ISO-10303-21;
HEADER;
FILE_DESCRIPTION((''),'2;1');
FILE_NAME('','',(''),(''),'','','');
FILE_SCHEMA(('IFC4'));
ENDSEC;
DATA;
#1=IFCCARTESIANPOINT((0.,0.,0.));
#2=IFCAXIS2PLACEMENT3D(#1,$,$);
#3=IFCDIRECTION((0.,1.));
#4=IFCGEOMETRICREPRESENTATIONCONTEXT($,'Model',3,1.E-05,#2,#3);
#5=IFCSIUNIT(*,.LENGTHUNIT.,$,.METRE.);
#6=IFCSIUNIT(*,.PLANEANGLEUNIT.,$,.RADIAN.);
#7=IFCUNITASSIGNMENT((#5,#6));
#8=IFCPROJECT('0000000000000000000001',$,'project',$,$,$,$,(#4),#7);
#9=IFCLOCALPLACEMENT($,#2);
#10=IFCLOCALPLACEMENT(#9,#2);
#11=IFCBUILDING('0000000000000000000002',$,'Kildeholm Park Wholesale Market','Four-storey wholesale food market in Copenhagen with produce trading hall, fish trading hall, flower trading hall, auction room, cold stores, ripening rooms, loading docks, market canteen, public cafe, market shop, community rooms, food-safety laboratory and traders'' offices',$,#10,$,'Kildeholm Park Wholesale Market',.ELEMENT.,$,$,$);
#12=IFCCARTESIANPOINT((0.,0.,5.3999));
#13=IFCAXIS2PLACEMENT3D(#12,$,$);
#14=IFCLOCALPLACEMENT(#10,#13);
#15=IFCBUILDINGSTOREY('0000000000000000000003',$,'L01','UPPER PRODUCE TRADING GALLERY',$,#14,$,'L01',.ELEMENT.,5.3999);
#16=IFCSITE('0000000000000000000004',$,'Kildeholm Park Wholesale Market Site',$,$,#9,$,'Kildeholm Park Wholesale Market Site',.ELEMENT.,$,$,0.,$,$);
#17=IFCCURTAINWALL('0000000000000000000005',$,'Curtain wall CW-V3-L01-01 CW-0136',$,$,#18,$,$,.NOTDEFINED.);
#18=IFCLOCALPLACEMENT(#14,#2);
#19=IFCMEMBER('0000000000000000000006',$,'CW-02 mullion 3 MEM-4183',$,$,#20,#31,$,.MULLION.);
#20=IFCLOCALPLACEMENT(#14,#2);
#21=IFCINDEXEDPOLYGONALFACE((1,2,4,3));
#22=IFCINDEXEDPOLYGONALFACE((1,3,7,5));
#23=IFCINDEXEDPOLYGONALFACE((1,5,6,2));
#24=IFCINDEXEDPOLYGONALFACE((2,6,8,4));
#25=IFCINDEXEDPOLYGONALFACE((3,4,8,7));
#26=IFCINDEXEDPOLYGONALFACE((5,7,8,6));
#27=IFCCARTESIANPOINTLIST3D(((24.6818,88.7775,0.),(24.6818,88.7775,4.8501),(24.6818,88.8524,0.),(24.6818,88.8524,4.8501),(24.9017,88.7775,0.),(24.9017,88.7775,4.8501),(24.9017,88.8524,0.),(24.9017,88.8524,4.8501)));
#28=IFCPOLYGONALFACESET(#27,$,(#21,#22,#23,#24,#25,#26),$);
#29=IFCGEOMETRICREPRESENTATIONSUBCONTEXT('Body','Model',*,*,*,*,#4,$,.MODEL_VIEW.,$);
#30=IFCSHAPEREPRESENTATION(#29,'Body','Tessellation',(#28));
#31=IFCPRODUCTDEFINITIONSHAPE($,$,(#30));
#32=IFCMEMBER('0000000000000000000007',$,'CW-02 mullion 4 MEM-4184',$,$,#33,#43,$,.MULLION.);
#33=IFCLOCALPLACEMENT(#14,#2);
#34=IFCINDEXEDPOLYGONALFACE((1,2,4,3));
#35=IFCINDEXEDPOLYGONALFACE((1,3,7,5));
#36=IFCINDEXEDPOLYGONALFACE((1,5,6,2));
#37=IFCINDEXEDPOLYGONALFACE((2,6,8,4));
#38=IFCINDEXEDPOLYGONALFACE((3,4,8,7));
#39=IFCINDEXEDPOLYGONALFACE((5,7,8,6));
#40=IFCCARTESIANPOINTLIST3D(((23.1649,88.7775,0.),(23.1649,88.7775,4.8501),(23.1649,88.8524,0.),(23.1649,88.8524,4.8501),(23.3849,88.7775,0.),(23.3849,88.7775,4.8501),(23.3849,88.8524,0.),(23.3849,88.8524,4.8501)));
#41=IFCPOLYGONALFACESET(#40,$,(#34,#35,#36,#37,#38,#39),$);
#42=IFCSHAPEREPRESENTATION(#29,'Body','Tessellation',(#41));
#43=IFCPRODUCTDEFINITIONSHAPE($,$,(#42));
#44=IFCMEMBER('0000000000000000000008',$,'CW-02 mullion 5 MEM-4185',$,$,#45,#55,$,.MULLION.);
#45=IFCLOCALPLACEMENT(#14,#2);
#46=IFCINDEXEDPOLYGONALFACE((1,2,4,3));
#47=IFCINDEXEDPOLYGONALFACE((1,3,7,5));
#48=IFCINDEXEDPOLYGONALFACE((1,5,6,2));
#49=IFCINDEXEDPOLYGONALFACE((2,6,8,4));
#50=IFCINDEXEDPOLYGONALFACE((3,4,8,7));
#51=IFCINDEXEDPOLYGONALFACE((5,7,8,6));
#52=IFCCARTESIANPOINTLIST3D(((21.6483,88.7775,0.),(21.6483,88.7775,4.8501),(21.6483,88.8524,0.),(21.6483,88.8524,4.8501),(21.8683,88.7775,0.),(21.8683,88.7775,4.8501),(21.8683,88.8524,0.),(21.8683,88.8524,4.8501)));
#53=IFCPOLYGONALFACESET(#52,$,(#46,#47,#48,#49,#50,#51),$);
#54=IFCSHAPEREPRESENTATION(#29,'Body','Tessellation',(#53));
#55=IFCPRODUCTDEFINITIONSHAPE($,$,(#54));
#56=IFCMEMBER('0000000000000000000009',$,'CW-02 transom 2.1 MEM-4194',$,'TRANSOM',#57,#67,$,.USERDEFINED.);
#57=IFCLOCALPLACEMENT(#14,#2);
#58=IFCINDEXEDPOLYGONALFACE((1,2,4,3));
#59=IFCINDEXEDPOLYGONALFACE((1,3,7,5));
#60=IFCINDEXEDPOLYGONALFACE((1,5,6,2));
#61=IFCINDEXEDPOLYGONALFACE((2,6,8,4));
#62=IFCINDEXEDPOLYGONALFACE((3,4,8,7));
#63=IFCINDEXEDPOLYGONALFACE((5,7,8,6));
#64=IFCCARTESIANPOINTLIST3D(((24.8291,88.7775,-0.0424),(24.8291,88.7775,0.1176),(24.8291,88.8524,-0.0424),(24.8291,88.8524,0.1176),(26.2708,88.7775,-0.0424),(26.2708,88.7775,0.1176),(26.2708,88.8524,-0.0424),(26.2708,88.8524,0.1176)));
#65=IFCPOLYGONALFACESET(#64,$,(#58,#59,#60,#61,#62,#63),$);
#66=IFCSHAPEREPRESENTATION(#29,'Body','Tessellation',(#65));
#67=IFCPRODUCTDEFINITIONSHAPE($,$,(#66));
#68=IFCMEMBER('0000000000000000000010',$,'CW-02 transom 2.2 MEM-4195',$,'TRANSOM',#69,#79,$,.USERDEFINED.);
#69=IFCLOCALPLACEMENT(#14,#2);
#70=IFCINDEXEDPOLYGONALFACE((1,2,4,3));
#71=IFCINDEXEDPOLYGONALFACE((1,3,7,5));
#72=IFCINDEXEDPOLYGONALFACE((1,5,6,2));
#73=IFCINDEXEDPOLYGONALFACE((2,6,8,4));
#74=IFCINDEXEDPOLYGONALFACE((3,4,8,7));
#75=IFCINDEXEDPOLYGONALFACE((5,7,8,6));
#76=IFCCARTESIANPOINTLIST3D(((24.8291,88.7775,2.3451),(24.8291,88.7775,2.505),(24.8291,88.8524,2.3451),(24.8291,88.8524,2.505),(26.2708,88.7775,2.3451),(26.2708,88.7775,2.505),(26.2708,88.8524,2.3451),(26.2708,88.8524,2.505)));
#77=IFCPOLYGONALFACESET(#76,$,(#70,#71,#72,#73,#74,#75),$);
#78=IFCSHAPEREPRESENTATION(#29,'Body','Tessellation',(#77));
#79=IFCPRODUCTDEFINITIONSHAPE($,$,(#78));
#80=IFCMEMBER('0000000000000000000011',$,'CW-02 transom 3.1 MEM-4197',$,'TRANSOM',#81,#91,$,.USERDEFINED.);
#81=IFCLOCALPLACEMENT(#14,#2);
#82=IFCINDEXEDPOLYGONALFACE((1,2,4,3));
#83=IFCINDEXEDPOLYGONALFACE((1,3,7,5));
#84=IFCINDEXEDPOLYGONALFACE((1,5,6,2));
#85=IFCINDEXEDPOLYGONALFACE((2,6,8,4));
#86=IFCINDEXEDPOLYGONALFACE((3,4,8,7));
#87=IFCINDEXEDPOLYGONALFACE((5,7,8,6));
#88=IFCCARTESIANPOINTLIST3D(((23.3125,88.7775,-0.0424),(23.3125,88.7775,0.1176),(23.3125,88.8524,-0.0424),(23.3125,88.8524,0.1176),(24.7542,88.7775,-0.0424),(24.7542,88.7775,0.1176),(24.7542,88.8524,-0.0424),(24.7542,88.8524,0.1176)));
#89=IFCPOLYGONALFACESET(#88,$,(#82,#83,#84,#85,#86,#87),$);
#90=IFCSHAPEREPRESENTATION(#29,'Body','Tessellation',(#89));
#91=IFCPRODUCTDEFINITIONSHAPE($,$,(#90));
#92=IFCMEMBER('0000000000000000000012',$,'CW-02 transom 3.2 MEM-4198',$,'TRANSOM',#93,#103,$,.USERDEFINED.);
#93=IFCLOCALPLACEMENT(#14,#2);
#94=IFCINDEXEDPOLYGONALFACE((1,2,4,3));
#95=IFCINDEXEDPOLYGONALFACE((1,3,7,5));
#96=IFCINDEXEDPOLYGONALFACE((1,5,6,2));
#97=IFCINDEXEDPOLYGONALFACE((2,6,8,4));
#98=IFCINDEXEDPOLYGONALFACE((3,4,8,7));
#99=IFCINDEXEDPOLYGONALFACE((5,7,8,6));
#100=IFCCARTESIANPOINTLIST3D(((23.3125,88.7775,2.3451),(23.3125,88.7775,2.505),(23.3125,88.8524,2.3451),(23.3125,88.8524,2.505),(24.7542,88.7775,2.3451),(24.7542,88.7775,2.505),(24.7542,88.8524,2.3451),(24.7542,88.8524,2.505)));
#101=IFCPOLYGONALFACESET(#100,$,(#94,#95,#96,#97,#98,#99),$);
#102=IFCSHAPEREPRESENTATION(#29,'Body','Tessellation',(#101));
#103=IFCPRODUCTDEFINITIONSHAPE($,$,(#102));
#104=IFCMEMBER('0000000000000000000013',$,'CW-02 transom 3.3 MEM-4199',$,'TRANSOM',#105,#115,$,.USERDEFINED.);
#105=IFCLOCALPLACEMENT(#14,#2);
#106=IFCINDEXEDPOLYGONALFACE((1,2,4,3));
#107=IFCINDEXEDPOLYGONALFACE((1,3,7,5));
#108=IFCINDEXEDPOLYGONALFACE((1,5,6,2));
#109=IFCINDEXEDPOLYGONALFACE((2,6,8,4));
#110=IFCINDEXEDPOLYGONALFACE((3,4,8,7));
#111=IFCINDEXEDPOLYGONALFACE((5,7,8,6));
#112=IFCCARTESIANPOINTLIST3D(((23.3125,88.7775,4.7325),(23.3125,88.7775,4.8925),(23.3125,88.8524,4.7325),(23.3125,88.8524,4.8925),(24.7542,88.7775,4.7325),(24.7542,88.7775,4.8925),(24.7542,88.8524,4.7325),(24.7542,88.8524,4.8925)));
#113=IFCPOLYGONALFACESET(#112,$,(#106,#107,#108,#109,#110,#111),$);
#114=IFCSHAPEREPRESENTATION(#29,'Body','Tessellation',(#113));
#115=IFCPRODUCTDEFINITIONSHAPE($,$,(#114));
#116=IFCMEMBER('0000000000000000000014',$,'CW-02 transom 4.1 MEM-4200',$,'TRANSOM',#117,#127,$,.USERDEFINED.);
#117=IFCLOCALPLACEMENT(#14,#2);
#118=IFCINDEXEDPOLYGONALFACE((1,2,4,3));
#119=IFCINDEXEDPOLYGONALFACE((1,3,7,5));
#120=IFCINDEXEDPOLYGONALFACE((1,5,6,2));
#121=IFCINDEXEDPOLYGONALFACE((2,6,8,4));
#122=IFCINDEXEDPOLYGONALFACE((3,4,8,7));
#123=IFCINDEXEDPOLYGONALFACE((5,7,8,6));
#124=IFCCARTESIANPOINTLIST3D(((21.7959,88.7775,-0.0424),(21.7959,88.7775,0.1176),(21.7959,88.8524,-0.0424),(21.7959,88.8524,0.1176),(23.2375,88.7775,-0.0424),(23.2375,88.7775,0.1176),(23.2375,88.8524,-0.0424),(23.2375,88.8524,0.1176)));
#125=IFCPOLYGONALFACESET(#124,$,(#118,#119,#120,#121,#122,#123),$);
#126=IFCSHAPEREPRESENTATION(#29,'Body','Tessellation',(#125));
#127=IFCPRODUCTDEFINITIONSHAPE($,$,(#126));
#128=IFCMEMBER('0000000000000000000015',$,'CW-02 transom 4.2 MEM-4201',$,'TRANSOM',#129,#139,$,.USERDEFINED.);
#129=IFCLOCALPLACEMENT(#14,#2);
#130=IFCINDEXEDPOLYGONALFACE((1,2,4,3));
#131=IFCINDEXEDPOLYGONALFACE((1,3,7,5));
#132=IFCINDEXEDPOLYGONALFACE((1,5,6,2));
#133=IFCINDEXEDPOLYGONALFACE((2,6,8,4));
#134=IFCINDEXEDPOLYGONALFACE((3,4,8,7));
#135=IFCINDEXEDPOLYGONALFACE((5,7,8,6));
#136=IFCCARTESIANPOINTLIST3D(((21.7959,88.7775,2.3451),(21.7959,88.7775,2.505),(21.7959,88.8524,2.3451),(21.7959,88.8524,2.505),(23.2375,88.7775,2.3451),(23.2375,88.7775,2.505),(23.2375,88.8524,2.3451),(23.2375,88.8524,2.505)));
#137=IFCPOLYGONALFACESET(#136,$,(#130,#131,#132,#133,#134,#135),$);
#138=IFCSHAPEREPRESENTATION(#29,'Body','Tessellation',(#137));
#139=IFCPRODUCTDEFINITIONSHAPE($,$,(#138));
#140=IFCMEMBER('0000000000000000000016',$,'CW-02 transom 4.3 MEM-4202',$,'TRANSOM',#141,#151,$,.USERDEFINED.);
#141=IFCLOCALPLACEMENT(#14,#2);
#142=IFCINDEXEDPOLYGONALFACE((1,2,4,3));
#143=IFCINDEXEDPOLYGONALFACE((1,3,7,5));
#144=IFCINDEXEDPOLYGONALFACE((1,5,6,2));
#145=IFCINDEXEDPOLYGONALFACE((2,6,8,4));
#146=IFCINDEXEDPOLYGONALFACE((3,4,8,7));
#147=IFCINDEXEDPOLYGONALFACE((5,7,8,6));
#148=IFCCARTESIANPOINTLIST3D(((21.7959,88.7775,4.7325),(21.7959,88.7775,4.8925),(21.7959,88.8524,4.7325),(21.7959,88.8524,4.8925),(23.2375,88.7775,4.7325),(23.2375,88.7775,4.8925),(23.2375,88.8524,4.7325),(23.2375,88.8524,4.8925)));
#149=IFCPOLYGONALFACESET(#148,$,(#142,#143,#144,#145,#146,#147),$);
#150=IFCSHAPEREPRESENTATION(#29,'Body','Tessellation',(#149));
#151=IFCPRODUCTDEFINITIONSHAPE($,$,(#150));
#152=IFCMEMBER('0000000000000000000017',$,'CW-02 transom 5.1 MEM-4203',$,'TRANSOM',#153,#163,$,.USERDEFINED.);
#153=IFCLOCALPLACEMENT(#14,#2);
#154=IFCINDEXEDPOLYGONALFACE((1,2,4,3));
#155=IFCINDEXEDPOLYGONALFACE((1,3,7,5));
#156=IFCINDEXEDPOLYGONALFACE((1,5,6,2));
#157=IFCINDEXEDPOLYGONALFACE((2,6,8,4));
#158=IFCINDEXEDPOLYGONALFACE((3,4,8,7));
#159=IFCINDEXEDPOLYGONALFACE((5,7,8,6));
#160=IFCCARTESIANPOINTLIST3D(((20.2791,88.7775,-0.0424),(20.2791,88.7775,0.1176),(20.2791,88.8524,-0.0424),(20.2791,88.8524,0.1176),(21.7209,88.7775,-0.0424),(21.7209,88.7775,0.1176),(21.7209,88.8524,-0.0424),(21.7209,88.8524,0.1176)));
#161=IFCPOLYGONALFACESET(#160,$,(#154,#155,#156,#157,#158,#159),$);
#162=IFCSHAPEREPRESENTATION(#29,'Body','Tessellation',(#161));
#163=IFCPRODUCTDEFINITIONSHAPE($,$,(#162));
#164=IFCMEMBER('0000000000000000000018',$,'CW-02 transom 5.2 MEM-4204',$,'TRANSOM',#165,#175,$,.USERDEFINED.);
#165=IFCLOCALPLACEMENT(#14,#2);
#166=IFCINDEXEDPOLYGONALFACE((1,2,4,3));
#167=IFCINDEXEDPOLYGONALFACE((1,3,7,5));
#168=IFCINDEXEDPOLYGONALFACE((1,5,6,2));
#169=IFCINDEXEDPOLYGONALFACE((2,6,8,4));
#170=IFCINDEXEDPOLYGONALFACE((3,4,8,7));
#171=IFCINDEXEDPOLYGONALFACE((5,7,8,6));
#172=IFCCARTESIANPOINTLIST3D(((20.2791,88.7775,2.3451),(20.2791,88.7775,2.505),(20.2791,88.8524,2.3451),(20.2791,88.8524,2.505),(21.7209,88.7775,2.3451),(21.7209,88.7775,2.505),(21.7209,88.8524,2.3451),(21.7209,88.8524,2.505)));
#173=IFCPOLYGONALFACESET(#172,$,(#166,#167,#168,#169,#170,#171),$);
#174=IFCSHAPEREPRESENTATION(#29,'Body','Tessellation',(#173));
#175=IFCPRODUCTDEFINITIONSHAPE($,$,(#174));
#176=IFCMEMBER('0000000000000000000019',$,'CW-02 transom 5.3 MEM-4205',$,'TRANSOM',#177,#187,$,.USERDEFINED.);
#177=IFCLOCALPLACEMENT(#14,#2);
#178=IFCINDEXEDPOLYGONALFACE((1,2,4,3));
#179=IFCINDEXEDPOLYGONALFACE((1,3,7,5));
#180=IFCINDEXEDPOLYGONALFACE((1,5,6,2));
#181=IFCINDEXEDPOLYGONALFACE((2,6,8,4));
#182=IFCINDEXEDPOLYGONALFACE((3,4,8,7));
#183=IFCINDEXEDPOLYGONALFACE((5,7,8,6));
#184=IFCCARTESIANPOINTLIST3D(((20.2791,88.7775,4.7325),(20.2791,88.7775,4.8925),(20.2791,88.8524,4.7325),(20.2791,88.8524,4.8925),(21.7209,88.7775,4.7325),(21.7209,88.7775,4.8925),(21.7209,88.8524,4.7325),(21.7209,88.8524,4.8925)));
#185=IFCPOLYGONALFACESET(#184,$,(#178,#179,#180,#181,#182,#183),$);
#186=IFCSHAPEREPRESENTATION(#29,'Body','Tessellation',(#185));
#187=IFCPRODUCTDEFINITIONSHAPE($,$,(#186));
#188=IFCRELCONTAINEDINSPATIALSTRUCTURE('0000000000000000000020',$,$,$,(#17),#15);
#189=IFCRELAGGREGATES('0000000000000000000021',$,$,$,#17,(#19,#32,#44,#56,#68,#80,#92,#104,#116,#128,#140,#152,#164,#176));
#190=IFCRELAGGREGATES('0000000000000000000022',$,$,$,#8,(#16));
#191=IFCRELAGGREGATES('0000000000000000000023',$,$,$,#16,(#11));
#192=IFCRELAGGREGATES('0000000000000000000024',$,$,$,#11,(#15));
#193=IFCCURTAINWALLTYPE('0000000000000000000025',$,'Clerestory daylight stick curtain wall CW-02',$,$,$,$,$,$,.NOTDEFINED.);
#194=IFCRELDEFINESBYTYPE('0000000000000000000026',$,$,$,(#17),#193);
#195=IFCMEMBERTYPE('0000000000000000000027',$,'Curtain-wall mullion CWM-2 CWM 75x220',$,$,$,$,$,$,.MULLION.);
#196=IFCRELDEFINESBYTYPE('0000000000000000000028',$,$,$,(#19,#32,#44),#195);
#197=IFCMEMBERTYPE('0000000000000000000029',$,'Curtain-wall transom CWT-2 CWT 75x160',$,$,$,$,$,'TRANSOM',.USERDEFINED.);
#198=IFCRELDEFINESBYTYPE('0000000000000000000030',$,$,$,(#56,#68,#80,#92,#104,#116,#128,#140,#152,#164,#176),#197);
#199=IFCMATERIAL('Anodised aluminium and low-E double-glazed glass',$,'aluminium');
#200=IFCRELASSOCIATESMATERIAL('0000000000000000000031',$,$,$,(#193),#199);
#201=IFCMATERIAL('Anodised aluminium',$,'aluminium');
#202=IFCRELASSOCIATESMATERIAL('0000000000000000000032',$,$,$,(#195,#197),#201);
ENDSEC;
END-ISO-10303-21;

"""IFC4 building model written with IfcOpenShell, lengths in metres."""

from ifc_helpers import new_model, si_unit, direction, frame, origin, origin_2d, place, context, subcontext, project, spatial, rectangle, extrude, material, material_profile, profile_set, type_object, element, aggregate, save


model = new_model("IFC4")

# Units and contexts
model_context = context("Model", 3, precision=1e-05, world=origin(), true_north=direction((0.0, 1.0)))
body_context = subcontext(model_context, "Body", "Model", "MODEL_VIEW")
ifc_project = project(units=[si_unit("LENGTHUNIT", "METRE"), si_unit("PLANEANGLEUNIT", "RADIAN")], contexts=[model_context])

# Site, building, storey
site_placement = place(None, origin())
site = spatial("IfcSite", under=ifc_project, at=site_placement, Name="Kildeholm Park Wholesale Market Site", LongName="Kildeholm Park Wholesale Market Site", CompositionType="ELEMENT", RefElevation=0.0)
building_placement = place(site_placement, origin())
building = spatial("IfcBuilding", under=site, at=building_placement, Name="Kildeholm Park Wholesale Market", Description="Four-storey wholesale food market in Copenhagen with produce trading hall, fish trading hall, flower trading hall, auction room, cold stores, ripening rooms, loading docks, market canteen, public cafe, market shop, community rooms, food-safety laboratory and traders' offices", LongName="Kildeholm Park Wholesale Market", CompositionType="ELEMENT")
storey_placement = place(building_placement, frame((0.0, 0.0, 5.3999)))
storey = spatial("IfcBuildingStorey", under=building, at=storey_placement, Name="L01", Description="UPPER PRODUCE TRADING GALLERY", LongName="L01", CompositionType="ELEMENT", Elevation=5.3999)

# Curtain wall, members
ifc_material_1 = material(Name="Anodised aluminium and low-E double-glazed glass", Category="aluminium")
curtain_wall_type = type_object("IfcCurtainWallType", Name="Clerestory daylight stick curtain wall CW-02", PredefinedType="NOTDEFINED", material=ifc_material_1)
curtain_wall_placement = place(storey_placement, origin())
curtain_wall = element("IfcCurtainWall", 1, at=curtain_wall_placement, inside=storey, type_object=curtain_wall_type, Name="Curtain wall CW-V3-L01-01 CW-0136", PredefinedType="NOTDEFINED")
ifc_material_2 = material(Name="Anodised aluminium", Category="aluminium")
ifc_material_profile_1 = material_profile(ifc_material_2, rectangle(XDim=0.075, YDim=0.22, at=origin_2d()), Name="CWM 75x220")
ifc_profile_set_1 = profile_set([ifc_material_profile_1], Name="Anodised aluminium")
member_type_1 = type_object("IfcMemberType", Name="Curtain-wall mullion CWM-2 CWM 75x220", PredefinedType="MULLION", material=ifc_profile_set_1)
member_1_placement = place(storey_placement, frame((24.7917, 88.8149, 0.0), z_axis=(0.0, 0.0, 1.0), x_axis=(0.0, -1.0, 0.0)))
member_1 = element("IfcMember", 2, at=member_1_placement, type_object=member_type_1, Name="CW-02 mullion 3 MEM-4183", PredefinedType="MULLION", context=body_context, shape_type="SweptSolid", body=[
    extrude(rectangle(XDim=0.075, YDim=0.22, at=origin_2d()), origin(), (0.0, 0.0, 1.0), 4.8501),
])
member_2_placement = place(storey_placement, frame((23.2749, 88.8149, 0.0), z_axis=(0.0, 0.0, 1.0), x_axis=(0.0, -1.0, 0.0)))
member_2 = element("IfcMember", 3, at=member_2_placement, type_object=member_type_1, Name="CW-02 mullion 4 MEM-4184", PredefinedType="MULLION", context=body_context, shape_type="SweptSolid", body=[
    extrude(rectangle(XDim=0.075, YDim=0.22, at=origin_2d()), origin(), (0.0, 0.0, 1.0), 4.8501),
])
member_3_placement = place(storey_placement, frame((21.7583, 88.8149, 0.0), z_axis=(0.0, 0.0, 1.0), x_axis=(0.0, -1.0, 0.0)))
member_3 = element("IfcMember", 4, at=member_3_placement, type_object=member_type_1, Name="CW-02 mullion 5 MEM-4185", PredefinedType="MULLION", context=body_context, shape_type="SweptSolid", body=[
    extrude(rectangle(XDim=0.075, YDim=0.22, at=origin_2d()), origin(), (0.0, 0.0, 1.0), 4.8501),
])
ifc_material_profile_2 = material_profile(ifc_material_2, rectangle(XDim=0.075, YDim=0.1599, at=origin_2d()), Name="CWT 75x160")
ifc_profile_set_2 = profile_set([ifc_material_profile_2], Name="Anodised aluminium")
member_type_2 = type_object("IfcMemberType", Name="Curtain-wall transom CWT-2 CWT 75x160", ElementType="TRANSOM", PredefinedType="USERDEFINED", material=ifc_profile_set_2)
member_4_placement = place(storey_placement, frame((26.2708, 88.8149, 0.0376), z_axis=(-1.0, 0.0, 0.0), x_axis=(0.0, -1.0, 0.0)))
member_4 = element("IfcMember", 5, at=member_4_placement, type_object=member_type_2, Name="CW-02 transom 2.1 MEM-4194", ObjectType="TRANSOM", PredefinedType="USERDEFINED", context=body_context, shape_type="SweptSolid", body=[
    extrude(rectangle(XDim=0.075, YDim=0.1599, at=origin_2d()), origin(), (0.0, 0.0, 1.0), 1.4417),
])
member_5_placement = place(storey_placement, frame((26.2708, 88.8149, 2.425), z_axis=(-1.0, 0.0, 0.0), x_axis=(0.0, -1.0, 0.0)))
member_5 = element("IfcMember", 6, at=member_5_placement, type_object=member_type_2, Name="CW-02 transom 2.2 MEM-4195", ObjectType="TRANSOM", PredefinedType="USERDEFINED", context=body_context, shape_type="SweptSolid", body=[
    extrude(rectangle(XDim=0.075, YDim=0.1599, at=origin_2d()), origin(), (0.0, 0.0, 1.0), 1.4417),
])
member_6_placement = place(storey_placement, frame((24.7542, 88.8149, 0.0376), z_axis=(-1.0, 0.0, 0.0), x_axis=(0.0, -1.0, 0.0)))
member_6 = element("IfcMember", 7, at=member_6_placement, type_object=member_type_2, Name="CW-02 transom 3.1 MEM-4197", ObjectType="TRANSOM", PredefinedType="USERDEFINED", context=body_context, shape_type="SweptSolid", body=[
    extrude(rectangle(XDim=0.075, YDim=0.1599, at=origin_2d()), origin(), (0.0, 0.0, 1.0), 1.4417),
])
member_7_placement = place(storey_placement, frame((24.7542, 88.8149, 2.425), z_axis=(-1.0, 0.0, 0.0), x_axis=(0.0, -1.0, 0.0)))
member_7 = element("IfcMember", 8, at=member_7_placement, type_object=member_type_2, Name="CW-02 transom 3.2 MEM-4198", ObjectType="TRANSOM", PredefinedType="USERDEFINED", context=body_context, shape_type="SweptSolid", body=[
    extrude(rectangle(XDim=0.075, YDim=0.1599, at=origin_2d()), origin(), (0.0, 0.0, 1.0), 1.4417),
])
member_8_placement = place(storey_placement, frame((24.7542, 88.8149, 4.8125), z_axis=(-1.0, 0.0, 0.0), x_axis=(0.0, -1.0, 0.0)))
member_8 = element("IfcMember", 9, at=member_8_placement, type_object=member_type_2, Name="CW-02 transom 3.3 MEM-4199", ObjectType="TRANSOM", PredefinedType="USERDEFINED", context=body_context, shape_type="SweptSolid", body=[
    extrude(rectangle(XDim=0.075, YDim=0.1599, at=origin_2d()), origin(), (0.0, 0.0, 1.0), 1.4417),
])
member_9_placement = place(storey_placement, frame((23.2375, 88.8149, 0.0376), z_axis=(-1.0, 0.0, 0.0), x_axis=(0.0, -1.0, 0.0)))
member_9 = element("IfcMember", 10, at=member_9_placement, type_object=member_type_2, Name="CW-02 transom 4.1 MEM-4200", ObjectType="TRANSOM", PredefinedType="USERDEFINED", context=body_context, shape_type="SweptSolid", body=[
    extrude(rectangle(XDim=0.075, YDim=0.1599, at=origin_2d()), origin(), (0.0, 0.0, 1.0), 1.4417),
])
member_10_placement = place(storey_placement, frame((23.2375, 88.8149, 2.425), z_axis=(-1.0, 0.0, 0.0), x_axis=(0.0, -1.0, 0.0)))
member_10 = element("IfcMember", 11, at=member_10_placement, type_object=member_type_2, Name="CW-02 transom 4.2 MEM-4201", ObjectType="TRANSOM", PredefinedType="USERDEFINED", context=body_context, shape_type="SweptSolid", body=[
    extrude(rectangle(XDim=0.075, YDim=0.1599, at=origin_2d()), origin(), (0.0, 0.0, 1.0), 1.4417),
])
member_11_placement = place(storey_placement, frame((23.2375, 88.8149, 4.8125), z_axis=(-1.0, 0.0, 0.0), x_axis=(0.0, -1.0, 0.0)))
member_11 = element("IfcMember", 12, at=member_11_placement, type_object=member_type_2, Name="CW-02 transom 4.3 MEM-4202", ObjectType="TRANSOM", PredefinedType="USERDEFINED", context=body_context, shape_type="SweptSolid", body=[
    extrude(rectangle(XDim=0.075, YDim=0.1599, at=origin_2d()), origin(), (0.0, 0.0, 1.0), 1.4417),
])
member_12_placement = place(storey_placement, frame((21.7209, 88.8149, 0.0376), z_axis=(-1.0, 0.0, 0.0), x_axis=(0.0, -1.0, 0.0)))
member_12 = element("IfcMember", 13, at=member_12_placement, type_object=member_type_2, Name="CW-02 transom 5.1 MEM-4203", ObjectType="TRANSOM", PredefinedType="USERDEFINED", context=body_context, shape_type="SweptSolid", body=[
    extrude(rectangle(XDim=0.075, YDim=0.1599, at=origin_2d()), origin(), (0.0, 0.0, 1.0), 1.4419),
])
member_13_placement = place(storey_placement, frame((21.7209, 88.8149, 2.425), z_axis=(-1.0, 0.0, 0.0), x_axis=(0.0, -1.0, 0.0)))
member_13 = element("IfcMember", 14, at=member_13_placement, type_object=member_type_2, Name="CW-02 transom 5.2 MEM-4204", ObjectType="TRANSOM", PredefinedType="USERDEFINED", context=body_context, shape_type="SweptSolid", body=[
    extrude(rectangle(XDim=0.075, YDim=0.1599, at=origin_2d()), origin(), (0.0, 0.0, 1.0), 1.4419),
])
member_14_placement = place(storey_placement, frame((21.7209, 88.8149, 4.8125), z_axis=(-1.0, 0.0, 0.0), x_axis=(0.0, -1.0, 0.0)))
member_14 = element("IfcMember", 15, at=member_14_placement, type_object=member_type_2, Name="CW-02 transom 5.3 MEM-4205", ObjectType="TRANSOM", PredefinedType="USERDEFINED", context=body_context, shape_type="SweptSolid", body=[
    extrude(rectangle(XDim=0.075, YDim=0.1599, at=origin_2d()), origin(), (0.0, 0.0, 1.0), 1.4419),
])
aggregate(curtain_wall, [member_1, member_2, member_3, member_4, member_5, member_6, member_7, member_8, member_9, member_10, member_11, member_12, member_13, member_14])

save(model, "model.ifc")
